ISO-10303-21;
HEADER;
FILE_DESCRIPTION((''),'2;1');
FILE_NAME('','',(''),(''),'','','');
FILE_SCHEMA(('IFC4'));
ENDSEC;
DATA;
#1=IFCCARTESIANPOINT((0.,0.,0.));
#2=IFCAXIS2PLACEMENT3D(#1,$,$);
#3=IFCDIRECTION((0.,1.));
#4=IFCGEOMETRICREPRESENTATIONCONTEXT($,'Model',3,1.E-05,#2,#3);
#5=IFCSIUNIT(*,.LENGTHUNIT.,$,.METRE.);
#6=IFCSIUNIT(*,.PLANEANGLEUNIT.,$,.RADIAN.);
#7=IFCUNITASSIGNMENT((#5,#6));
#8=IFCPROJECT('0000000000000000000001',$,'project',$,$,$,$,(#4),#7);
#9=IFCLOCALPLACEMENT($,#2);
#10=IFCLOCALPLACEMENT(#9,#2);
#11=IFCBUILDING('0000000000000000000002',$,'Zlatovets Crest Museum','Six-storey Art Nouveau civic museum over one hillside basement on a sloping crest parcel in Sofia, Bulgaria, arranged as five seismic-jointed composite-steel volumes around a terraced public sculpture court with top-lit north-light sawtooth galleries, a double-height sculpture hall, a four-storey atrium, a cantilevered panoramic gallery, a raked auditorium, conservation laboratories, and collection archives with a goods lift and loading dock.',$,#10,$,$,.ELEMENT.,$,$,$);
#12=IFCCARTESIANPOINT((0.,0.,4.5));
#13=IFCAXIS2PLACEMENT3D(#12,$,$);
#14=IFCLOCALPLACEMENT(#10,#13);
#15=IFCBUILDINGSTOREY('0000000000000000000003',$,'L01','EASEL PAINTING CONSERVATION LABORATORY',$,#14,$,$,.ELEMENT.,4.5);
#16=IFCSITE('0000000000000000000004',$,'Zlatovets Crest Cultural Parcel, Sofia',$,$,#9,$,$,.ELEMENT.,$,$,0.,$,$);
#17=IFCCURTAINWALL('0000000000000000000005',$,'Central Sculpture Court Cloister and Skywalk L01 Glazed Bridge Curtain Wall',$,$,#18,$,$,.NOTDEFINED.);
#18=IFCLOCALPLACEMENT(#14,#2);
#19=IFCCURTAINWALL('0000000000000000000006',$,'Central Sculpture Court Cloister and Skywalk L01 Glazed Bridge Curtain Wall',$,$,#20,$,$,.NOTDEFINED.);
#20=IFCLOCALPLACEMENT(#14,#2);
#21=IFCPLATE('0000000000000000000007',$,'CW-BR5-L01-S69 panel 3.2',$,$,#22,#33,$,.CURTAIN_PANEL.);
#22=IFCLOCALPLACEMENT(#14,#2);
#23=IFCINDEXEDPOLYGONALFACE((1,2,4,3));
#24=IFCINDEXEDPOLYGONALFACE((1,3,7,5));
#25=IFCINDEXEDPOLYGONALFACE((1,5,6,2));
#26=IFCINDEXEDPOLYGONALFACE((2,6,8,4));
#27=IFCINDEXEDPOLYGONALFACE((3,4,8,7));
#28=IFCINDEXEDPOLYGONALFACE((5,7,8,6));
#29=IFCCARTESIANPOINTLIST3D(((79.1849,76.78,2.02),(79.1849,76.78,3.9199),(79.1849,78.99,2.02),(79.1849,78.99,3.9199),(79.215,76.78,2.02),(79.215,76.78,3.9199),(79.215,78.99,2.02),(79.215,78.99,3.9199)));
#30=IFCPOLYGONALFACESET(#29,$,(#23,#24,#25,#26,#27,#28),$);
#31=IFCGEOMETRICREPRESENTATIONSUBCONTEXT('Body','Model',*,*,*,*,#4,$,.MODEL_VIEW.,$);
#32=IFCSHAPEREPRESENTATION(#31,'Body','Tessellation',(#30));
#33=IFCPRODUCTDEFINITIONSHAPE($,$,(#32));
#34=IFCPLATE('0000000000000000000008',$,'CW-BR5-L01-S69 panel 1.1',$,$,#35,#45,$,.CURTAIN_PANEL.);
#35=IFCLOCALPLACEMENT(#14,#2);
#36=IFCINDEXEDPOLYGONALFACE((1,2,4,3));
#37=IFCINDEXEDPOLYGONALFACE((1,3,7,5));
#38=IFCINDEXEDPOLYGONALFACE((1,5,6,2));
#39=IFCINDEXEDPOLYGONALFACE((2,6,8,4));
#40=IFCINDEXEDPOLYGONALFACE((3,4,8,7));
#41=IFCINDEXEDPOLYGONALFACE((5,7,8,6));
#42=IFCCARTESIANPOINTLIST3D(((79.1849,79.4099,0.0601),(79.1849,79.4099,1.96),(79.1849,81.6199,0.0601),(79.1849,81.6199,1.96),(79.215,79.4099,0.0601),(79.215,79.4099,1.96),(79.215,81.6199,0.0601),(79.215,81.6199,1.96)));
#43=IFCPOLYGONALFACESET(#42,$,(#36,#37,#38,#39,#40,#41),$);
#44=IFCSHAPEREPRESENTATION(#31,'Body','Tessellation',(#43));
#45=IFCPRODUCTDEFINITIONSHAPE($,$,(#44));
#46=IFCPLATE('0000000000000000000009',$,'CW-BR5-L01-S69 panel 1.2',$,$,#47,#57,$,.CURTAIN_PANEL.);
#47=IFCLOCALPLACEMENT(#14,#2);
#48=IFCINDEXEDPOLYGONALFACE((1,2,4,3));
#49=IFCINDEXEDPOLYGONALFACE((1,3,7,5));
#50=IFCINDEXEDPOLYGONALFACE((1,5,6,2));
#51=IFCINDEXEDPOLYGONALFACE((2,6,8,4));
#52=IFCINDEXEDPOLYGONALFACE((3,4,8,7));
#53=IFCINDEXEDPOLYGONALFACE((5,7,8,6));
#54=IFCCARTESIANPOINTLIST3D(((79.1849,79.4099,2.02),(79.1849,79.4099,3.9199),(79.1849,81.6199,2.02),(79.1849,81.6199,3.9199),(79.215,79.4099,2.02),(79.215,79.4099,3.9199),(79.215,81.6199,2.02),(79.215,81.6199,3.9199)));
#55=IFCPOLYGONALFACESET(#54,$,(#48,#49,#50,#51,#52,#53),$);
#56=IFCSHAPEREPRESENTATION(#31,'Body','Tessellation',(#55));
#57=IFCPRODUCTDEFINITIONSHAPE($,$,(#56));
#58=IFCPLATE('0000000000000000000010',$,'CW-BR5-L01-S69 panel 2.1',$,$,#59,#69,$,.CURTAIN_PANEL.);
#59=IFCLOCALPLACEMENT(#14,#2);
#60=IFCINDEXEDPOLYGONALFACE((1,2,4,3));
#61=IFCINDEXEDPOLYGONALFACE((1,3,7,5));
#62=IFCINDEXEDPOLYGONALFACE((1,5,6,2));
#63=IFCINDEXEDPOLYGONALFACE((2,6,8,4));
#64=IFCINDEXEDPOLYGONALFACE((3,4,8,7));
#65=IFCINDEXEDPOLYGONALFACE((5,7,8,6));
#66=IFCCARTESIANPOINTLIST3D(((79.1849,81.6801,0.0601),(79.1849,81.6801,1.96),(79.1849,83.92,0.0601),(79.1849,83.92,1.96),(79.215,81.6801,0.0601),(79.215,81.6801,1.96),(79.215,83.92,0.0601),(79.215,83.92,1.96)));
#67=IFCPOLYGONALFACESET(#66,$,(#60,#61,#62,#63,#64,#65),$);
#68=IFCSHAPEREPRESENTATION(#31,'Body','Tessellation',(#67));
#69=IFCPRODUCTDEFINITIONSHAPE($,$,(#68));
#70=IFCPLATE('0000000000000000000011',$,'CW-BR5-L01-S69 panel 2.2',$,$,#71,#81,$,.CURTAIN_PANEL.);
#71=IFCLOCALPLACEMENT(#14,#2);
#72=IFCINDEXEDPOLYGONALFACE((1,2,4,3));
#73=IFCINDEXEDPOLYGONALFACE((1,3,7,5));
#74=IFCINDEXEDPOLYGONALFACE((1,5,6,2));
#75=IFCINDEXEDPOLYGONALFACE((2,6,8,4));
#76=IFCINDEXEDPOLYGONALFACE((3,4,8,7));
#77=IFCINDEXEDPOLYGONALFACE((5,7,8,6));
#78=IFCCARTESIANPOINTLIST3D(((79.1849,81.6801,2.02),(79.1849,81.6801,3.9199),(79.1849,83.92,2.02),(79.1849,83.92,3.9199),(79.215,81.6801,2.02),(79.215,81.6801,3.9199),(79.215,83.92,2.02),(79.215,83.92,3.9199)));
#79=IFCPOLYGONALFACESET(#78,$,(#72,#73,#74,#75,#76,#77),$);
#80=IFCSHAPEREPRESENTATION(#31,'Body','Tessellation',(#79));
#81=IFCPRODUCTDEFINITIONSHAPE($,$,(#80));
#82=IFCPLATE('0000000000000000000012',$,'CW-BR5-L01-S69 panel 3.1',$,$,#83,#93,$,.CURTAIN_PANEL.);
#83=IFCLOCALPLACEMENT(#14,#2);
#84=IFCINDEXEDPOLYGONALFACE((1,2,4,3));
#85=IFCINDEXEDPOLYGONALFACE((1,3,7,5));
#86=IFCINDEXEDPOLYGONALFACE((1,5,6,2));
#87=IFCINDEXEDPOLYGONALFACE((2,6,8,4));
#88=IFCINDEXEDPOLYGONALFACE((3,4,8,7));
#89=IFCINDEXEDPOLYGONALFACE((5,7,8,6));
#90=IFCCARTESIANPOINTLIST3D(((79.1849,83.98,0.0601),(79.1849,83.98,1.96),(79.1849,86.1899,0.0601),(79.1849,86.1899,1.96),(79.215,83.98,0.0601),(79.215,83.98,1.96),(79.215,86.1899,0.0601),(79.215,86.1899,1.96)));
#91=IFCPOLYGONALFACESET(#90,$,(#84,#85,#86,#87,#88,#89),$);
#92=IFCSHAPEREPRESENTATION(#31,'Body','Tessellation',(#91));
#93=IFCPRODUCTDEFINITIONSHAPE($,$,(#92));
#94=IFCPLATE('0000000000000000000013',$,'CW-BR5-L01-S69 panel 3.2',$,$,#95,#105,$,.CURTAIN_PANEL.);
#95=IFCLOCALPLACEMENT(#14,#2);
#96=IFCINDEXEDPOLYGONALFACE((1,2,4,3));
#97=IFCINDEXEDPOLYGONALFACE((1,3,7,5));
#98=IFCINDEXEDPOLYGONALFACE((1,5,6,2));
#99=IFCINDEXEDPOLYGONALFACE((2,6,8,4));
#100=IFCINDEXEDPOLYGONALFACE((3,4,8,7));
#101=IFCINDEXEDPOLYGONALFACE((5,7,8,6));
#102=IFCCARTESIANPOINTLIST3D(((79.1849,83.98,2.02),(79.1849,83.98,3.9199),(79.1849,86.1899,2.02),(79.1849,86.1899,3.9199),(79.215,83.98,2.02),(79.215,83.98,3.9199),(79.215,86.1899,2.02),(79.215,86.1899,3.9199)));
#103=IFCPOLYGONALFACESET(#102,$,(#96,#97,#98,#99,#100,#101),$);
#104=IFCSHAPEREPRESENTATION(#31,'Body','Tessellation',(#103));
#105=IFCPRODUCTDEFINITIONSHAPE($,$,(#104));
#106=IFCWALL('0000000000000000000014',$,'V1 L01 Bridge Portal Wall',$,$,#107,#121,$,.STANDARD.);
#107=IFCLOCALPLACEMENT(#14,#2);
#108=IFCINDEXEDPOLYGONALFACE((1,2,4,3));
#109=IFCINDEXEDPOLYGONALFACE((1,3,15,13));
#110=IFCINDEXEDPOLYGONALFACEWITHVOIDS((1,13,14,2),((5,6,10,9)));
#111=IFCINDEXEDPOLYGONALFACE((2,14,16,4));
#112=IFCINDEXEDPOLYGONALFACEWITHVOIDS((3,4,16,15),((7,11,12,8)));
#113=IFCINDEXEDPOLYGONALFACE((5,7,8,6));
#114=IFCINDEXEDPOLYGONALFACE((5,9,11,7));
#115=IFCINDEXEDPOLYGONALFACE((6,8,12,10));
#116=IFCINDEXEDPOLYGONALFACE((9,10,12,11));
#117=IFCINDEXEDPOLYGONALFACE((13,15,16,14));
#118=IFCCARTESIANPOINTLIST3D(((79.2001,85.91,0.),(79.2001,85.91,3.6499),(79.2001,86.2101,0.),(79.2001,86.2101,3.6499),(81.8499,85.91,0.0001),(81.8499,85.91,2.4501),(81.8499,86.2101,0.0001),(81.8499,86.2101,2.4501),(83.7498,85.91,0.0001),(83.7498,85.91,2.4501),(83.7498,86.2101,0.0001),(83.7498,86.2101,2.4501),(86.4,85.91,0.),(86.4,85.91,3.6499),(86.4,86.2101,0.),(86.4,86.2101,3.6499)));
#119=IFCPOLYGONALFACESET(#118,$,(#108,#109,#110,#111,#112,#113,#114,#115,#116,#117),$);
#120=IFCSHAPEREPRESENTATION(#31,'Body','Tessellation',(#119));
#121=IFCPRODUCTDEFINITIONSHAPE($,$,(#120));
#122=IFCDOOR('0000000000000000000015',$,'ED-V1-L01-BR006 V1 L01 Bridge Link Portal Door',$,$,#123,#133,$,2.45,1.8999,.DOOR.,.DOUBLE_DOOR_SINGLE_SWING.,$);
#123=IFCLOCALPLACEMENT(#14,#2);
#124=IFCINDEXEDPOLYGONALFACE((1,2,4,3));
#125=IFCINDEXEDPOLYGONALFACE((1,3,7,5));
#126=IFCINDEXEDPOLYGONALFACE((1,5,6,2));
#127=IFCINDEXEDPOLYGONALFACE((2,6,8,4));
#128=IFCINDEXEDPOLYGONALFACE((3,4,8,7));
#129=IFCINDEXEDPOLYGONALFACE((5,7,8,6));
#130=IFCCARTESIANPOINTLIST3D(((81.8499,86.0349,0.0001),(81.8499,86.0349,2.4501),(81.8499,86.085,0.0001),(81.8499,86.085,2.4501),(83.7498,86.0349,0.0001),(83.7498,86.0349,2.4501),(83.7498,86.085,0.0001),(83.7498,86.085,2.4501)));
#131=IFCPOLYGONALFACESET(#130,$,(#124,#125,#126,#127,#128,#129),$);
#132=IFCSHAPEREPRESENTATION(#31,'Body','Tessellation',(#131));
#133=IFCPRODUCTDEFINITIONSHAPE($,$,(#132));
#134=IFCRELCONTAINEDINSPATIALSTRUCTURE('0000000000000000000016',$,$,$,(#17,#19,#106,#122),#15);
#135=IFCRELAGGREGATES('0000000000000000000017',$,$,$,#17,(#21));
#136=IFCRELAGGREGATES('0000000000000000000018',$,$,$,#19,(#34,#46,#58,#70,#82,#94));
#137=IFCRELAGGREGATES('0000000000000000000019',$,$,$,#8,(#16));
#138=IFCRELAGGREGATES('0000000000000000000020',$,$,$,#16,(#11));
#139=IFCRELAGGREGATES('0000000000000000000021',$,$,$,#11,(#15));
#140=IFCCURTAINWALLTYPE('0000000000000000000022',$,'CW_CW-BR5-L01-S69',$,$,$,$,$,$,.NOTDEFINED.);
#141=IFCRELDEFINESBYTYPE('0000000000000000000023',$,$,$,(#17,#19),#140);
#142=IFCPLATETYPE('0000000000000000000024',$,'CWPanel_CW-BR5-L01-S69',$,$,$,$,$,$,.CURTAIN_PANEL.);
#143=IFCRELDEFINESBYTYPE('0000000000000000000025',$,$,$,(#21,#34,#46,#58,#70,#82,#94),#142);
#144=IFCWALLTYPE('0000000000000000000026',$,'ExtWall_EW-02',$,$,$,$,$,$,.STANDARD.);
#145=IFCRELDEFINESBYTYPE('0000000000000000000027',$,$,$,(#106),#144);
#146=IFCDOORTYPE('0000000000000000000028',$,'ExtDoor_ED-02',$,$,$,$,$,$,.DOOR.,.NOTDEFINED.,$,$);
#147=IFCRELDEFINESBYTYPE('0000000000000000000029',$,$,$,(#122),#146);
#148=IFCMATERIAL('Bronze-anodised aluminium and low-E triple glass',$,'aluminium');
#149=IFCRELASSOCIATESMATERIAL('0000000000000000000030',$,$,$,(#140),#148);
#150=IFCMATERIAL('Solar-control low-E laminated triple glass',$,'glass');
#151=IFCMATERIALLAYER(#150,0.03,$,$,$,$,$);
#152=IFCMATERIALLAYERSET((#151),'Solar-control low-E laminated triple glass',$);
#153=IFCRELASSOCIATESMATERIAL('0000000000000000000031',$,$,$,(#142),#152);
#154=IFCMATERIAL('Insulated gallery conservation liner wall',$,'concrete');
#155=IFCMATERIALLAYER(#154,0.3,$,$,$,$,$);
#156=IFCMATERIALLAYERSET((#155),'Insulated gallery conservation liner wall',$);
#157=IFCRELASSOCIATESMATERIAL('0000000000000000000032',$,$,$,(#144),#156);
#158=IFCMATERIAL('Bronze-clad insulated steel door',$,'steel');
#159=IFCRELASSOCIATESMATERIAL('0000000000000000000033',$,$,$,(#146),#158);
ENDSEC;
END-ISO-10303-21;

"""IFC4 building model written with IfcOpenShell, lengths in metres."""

from ifc_helpers import new_model, si_unit, direction, frame, frame_2d, origin, origin_2d, place, context, subcontext, project, spatial, rectangle, extrude, material, layer, layer_set, type_object, element, fill, aggregate, save


model = new_model("IFC4")

# Units and contexts
model_context = context("Model", 3, precision=1e-05, world=origin(), true_north=direction((0.0, 1.0)))
body_context = subcontext(model_context, "Body", "Model", "MODEL_VIEW")
ifc_project = project(units=[si_unit("LENGTHUNIT", "METRE"), si_unit("PLANEANGLEUNIT", "RADIAN")], contexts=[model_context])

# Site, building, storey
site_placement = place(None, origin())
site = spatial("IfcSite", under=ifc_project, at=site_placement, Name="Zlatovets Crest Cultural Parcel, Sofia", CompositionType="ELEMENT", RefElevation=0.0)
building_placement = place(site_placement, origin())
building = spatial("IfcBuilding", under=site, at=building_placement, Name="Zlatovets Crest Museum", Description="Six-storey Art Nouveau civic museum over one hillside basement on a sloping crest parcel in Sofia, Bulgaria, arranged as five seismic-jointed composite-steel volumes around a terraced public sculpture court with top-lit north-light sawtooth galleries, a double-height sculpture hall, a four-storey atrium, a cantilevered panoramic gallery, a raked auditorium, conservation laboratories, and collection archives with a goods lift and loading dock.", CompositionType="ELEMENT")
storey_placement = place(building_placement, frame((0.0, 0.0, 4.5)))
storey = spatial("IfcBuildingStorey", under=building, at=storey_placement, Name="L01", Description="EASEL PAINTING CONSERVATION LABORATORY", CompositionType="ELEMENT", Elevation=4.5)

# Curtain walls
ifc_material_1 = material(Name="Bronze-anodised aluminium and low-E triple glass", Category="aluminium")
curtain_wall_type = type_object("IfcCurtainWallType", Name="CW_CW-BR5-L01-S69", PredefinedType="NOTDEFINED", material=ifc_material_1)
curtain_wall_1_placement = place(storey_placement, origin())
curtain_wall_1 = element("IfcCurtainWall", 1, at=curtain_wall_1_placement, inside=storey, type_object=curtain_wall_type, Name="Central Sculpture Court Cloister and Skywalk L01 Glazed Bridge Curtain Wall", PredefinedType="NOTDEFINED")
curtain_wall_2_placement = place(storey_placement, origin())
curtain_wall_2 = element("IfcCurtainWall", 2, at=curtain_wall_2_placement, inside=storey, type_object=curtain_wall_type, Name="Central Sculpture Court Cloister and Skywalk L01 Glazed Bridge Curtain Wall", PredefinedType="NOTDEFINED")

# Plates
ifc_material_2 = material(Name="Solar-control low-E laminated triple glass", Category="glass")
ifc_layer_1 = layer(ifc_material_2, 0.03)
ifc_layer_set_1 = layer_set([ifc_layer_1], Name="Solar-control low-E laminated triple glass")
plate_type = type_object("IfcPlateType", Name="CWPanel_CW-BR5-L01-S69", PredefinedType="CURTAIN_PANEL", material=ifc_layer_set_1)
plate_1_placement = place(storey_placement, frame((79.2, 77.885, 2.02), z_axis=(0.0, 0.0, 1.0), x_axis=(0.0, 1.0, 0.0)))
plate_1 = element("IfcPlate", 3, at=plate_1_placement, type_object=plate_type, Name="CW-BR5-L01-S69 panel 3.2", PredefinedType="CURTAIN_PANEL", context=body_context, shape_type="SweptSolid", body=[
    extrude(rectangle(XDim=2.21, YDim=0.03, at=origin_2d()), origin(), (0.0, 0.0, 1.0), 1.8999),
])
aggregate(curtain_wall_1, [plate_1])
plate_2_placement = place(storey_placement, frame((79.2, 80.5149, 0.0601), z_axis=(0.0, 0.0, 1.0), x_axis=(0.0, 1.0, 0.0)))
plate_2 = element("IfcPlate", 4, at=plate_2_placement, type_object=plate_type, Name="CW-BR5-L01-S69 panel 1.1", PredefinedType="CURTAIN_PANEL", context=body_context, shape_type="SweptSolid", body=[
    extrude(rectangle(XDim=2.21, YDim=0.03, at=origin_2d()), origin(), (0.0, 0.0, 1.0), 1.8999),
])
plate_3_placement = place(storey_placement, frame((79.2, 80.5149, 2.02), z_axis=(0.0, 0.0, 1.0), x_axis=(0.0, 1.0, 0.0)))
plate_3 = element("IfcPlate", 5, at=plate_3_placement, type_object=plate_type, Name="CW-BR5-L01-S69 panel 1.2", PredefinedType="CURTAIN_PANEL", context=body_context, shape_type="SweptSolid", body=[
    extrude(rectangle(XDim=2.21, YDim=0.03, at=origin_2d()), origin(), (0.0, 0.0, 1.0), 1.8999),
])
plate_4_placement = place(storey_placement, frame((79.2, 82.8, 0.0601), z_axis=(0.0, 0.0, 1.0), x_axis=(0.0, 1.0, 0.0)))
plate_4 = element("IfcPlate", 6, at=plate_4_placement, type_object=plate_type, Name="CW-BR5-L01-S69 panel 2.1", PredefinedType="CURTAIN_PANEL", context=body_context, shape_type="SweptSolid", body=[
    extrude(rectangle(XDim=2.24, YDim=0.03, at=origin_2d()), origin(), (0.0, 0.0, 1.0), 1.8999),
])
plate_5_placement = place(storey_placement, frame((79.2, 82.8, 2.02), z_axis=(0.0, 0.0, 1.0), x_axis=(0.0, 1.0, 0.0)))
plate_5 = element("IfcPlate", 7, at=plate_5_placement, type_object=plate_type, Name="CW-BR5-L01-S69 panel 2.2", PredefinedType="CURTAIN_PANEL", context=body_context, shape_type="SweptSolid", body=[
    extrude(rectangle(XDim=2.24, YDim=0.03, at=origin_2d()), origin(), (0.0, 0.0, 1.0), 1.8999),
])
plate_6_placement = place(storey_placement, frame((79.2, 85.085, 0.0601), z_axis=(0.0, 0.0, 1.0), x_axis=(0.0, 1.0, 0.0)))
plate_6 = element("IfcPlate", 8, at=plate_6_placement, type_object=plate_type, Name="CW-BR5-L01-S69 panel 3.1", PredefinedType="CURTAIN_PANEL", context=body_context, shape_type="SweptSolid", body=[
    extrude(rectangle(XDim=2.21, YDim=0.03, at=origin_2d()), origin(), (0.0, 0.0, 1.0), 1.8999),
])
plate_7_placement = place(storey_placement, frame((79.2, 85.085, 2.02), z_axis=(0.0, 0.0, 1.0), x_axis=(0.0, 1.0, 0.0)))
plate_7 = element("IfcPlate", 9, at=plate_7_placement, type_object=plate_type, Name="CW-BR5-L01-S69 panel 3.2", PredefinedType="CURTAIN_PANEL", context=body_context, shape_type="SweptSolid", body=[
    extrude(rectangle(XDim=2.21, YDim=0.03, at=origin_2d()), origin(), (0.0, 0.0, 1.0), 1.8999),
])
aggregate(curtain_wall_2, [plate_2, plate_3, plate_4, plate_5, plate_6, plate_7])

# Wall, opening, door
ifc_material_3 = material(Name="Insulated gallery conservation liner wall", Category="concrete")
ifc_layer_2 = layer(ifc_material_3, 0.3)
ifc_layer_set_2 = layer_set([ifc_layer_2], Name="Insulated gallery conservation liner wall")
wall_type = type_object("IfcWallType", Name="ExtWall_EW-02", PredefinedType="STANDARD", material=ifc_layer_set_2)
wall_placement = place(storey_placement, frame((79.2, 86.0601, 0.0), z_axis=(0.0, 0.0, 1.0), x_axis=(1.0, 0.0, 0.0)))
wall = element("IfcWall", 10, at=wall_placement, inside=storey, type_object=wall_type, Name="V1 L01 Bridge Portal Wall", PredefinedType="STANDARD", context=body_context, shape_type="SweptSolid", body=[
    extrude(rectangle(XDim=7.2, YDim=0.3, at=frame_2d((3.6001, 0.0))), origin(), (0.0, 0.0, 1.0), 3.6499),
])
opening_placement = place(wall_placement, frame((2.6499, 0.0, 0.0)))
opening = element("IfcOpeningElement", 11, at=opening_placement, cuts=wall, PredefinedType="OPENING", context=body_context, shape_type="SweptSolid", body=[
    extrude(rectangle(XDim=1.8999, YDim=2.45, at=frame_2d((0.95, 1.2251))), frame((0.0, 0.1602, 0.0), z_axis=(0.0, -1.0, 0.0), x_axis=(1.0, 0.0, 0.0)), (0.0, 0.0, 1.0), 0.3201),
])
ifc_material_4 = material(Name="Bronze-clad insulated steel door", Category="steel")
door_type = type_object("IfcDoorType", Name="ExtDoor_ED-02", OperationType="NOTDEFINED", PredefinedType="DOOR", material=ifc_material_4)
door_placement = place(opening_placement, origin())
door = element("IfcDoor", 12, at=door_placement, inside=storey, type_object=door_type, Name="ED-V1-L01-BR006 V1 L01 Bridge Link Portal Door", OperationType="DOUBLE_DOOR_SINGLE_SWING", OverallHeight=2.45, OverallWidth=1.8999, PredefinedType="DOOR", context=body_context, shape_type="SweptSolid", body=[
    extrude(rectangle(XDim=1.8999, YDim=2.45, at=frame_2d((0.95, 1.2251))), frame((0.0, 0.0249, 0.0), z_axis=(0.0, -1.0, 0.0), x_axis=(1.0, 0.0, 0.0)), (0.0, 0.0, 1.0), 0.05),
])
fill(opening, door)

save(model, "model.ifc")
